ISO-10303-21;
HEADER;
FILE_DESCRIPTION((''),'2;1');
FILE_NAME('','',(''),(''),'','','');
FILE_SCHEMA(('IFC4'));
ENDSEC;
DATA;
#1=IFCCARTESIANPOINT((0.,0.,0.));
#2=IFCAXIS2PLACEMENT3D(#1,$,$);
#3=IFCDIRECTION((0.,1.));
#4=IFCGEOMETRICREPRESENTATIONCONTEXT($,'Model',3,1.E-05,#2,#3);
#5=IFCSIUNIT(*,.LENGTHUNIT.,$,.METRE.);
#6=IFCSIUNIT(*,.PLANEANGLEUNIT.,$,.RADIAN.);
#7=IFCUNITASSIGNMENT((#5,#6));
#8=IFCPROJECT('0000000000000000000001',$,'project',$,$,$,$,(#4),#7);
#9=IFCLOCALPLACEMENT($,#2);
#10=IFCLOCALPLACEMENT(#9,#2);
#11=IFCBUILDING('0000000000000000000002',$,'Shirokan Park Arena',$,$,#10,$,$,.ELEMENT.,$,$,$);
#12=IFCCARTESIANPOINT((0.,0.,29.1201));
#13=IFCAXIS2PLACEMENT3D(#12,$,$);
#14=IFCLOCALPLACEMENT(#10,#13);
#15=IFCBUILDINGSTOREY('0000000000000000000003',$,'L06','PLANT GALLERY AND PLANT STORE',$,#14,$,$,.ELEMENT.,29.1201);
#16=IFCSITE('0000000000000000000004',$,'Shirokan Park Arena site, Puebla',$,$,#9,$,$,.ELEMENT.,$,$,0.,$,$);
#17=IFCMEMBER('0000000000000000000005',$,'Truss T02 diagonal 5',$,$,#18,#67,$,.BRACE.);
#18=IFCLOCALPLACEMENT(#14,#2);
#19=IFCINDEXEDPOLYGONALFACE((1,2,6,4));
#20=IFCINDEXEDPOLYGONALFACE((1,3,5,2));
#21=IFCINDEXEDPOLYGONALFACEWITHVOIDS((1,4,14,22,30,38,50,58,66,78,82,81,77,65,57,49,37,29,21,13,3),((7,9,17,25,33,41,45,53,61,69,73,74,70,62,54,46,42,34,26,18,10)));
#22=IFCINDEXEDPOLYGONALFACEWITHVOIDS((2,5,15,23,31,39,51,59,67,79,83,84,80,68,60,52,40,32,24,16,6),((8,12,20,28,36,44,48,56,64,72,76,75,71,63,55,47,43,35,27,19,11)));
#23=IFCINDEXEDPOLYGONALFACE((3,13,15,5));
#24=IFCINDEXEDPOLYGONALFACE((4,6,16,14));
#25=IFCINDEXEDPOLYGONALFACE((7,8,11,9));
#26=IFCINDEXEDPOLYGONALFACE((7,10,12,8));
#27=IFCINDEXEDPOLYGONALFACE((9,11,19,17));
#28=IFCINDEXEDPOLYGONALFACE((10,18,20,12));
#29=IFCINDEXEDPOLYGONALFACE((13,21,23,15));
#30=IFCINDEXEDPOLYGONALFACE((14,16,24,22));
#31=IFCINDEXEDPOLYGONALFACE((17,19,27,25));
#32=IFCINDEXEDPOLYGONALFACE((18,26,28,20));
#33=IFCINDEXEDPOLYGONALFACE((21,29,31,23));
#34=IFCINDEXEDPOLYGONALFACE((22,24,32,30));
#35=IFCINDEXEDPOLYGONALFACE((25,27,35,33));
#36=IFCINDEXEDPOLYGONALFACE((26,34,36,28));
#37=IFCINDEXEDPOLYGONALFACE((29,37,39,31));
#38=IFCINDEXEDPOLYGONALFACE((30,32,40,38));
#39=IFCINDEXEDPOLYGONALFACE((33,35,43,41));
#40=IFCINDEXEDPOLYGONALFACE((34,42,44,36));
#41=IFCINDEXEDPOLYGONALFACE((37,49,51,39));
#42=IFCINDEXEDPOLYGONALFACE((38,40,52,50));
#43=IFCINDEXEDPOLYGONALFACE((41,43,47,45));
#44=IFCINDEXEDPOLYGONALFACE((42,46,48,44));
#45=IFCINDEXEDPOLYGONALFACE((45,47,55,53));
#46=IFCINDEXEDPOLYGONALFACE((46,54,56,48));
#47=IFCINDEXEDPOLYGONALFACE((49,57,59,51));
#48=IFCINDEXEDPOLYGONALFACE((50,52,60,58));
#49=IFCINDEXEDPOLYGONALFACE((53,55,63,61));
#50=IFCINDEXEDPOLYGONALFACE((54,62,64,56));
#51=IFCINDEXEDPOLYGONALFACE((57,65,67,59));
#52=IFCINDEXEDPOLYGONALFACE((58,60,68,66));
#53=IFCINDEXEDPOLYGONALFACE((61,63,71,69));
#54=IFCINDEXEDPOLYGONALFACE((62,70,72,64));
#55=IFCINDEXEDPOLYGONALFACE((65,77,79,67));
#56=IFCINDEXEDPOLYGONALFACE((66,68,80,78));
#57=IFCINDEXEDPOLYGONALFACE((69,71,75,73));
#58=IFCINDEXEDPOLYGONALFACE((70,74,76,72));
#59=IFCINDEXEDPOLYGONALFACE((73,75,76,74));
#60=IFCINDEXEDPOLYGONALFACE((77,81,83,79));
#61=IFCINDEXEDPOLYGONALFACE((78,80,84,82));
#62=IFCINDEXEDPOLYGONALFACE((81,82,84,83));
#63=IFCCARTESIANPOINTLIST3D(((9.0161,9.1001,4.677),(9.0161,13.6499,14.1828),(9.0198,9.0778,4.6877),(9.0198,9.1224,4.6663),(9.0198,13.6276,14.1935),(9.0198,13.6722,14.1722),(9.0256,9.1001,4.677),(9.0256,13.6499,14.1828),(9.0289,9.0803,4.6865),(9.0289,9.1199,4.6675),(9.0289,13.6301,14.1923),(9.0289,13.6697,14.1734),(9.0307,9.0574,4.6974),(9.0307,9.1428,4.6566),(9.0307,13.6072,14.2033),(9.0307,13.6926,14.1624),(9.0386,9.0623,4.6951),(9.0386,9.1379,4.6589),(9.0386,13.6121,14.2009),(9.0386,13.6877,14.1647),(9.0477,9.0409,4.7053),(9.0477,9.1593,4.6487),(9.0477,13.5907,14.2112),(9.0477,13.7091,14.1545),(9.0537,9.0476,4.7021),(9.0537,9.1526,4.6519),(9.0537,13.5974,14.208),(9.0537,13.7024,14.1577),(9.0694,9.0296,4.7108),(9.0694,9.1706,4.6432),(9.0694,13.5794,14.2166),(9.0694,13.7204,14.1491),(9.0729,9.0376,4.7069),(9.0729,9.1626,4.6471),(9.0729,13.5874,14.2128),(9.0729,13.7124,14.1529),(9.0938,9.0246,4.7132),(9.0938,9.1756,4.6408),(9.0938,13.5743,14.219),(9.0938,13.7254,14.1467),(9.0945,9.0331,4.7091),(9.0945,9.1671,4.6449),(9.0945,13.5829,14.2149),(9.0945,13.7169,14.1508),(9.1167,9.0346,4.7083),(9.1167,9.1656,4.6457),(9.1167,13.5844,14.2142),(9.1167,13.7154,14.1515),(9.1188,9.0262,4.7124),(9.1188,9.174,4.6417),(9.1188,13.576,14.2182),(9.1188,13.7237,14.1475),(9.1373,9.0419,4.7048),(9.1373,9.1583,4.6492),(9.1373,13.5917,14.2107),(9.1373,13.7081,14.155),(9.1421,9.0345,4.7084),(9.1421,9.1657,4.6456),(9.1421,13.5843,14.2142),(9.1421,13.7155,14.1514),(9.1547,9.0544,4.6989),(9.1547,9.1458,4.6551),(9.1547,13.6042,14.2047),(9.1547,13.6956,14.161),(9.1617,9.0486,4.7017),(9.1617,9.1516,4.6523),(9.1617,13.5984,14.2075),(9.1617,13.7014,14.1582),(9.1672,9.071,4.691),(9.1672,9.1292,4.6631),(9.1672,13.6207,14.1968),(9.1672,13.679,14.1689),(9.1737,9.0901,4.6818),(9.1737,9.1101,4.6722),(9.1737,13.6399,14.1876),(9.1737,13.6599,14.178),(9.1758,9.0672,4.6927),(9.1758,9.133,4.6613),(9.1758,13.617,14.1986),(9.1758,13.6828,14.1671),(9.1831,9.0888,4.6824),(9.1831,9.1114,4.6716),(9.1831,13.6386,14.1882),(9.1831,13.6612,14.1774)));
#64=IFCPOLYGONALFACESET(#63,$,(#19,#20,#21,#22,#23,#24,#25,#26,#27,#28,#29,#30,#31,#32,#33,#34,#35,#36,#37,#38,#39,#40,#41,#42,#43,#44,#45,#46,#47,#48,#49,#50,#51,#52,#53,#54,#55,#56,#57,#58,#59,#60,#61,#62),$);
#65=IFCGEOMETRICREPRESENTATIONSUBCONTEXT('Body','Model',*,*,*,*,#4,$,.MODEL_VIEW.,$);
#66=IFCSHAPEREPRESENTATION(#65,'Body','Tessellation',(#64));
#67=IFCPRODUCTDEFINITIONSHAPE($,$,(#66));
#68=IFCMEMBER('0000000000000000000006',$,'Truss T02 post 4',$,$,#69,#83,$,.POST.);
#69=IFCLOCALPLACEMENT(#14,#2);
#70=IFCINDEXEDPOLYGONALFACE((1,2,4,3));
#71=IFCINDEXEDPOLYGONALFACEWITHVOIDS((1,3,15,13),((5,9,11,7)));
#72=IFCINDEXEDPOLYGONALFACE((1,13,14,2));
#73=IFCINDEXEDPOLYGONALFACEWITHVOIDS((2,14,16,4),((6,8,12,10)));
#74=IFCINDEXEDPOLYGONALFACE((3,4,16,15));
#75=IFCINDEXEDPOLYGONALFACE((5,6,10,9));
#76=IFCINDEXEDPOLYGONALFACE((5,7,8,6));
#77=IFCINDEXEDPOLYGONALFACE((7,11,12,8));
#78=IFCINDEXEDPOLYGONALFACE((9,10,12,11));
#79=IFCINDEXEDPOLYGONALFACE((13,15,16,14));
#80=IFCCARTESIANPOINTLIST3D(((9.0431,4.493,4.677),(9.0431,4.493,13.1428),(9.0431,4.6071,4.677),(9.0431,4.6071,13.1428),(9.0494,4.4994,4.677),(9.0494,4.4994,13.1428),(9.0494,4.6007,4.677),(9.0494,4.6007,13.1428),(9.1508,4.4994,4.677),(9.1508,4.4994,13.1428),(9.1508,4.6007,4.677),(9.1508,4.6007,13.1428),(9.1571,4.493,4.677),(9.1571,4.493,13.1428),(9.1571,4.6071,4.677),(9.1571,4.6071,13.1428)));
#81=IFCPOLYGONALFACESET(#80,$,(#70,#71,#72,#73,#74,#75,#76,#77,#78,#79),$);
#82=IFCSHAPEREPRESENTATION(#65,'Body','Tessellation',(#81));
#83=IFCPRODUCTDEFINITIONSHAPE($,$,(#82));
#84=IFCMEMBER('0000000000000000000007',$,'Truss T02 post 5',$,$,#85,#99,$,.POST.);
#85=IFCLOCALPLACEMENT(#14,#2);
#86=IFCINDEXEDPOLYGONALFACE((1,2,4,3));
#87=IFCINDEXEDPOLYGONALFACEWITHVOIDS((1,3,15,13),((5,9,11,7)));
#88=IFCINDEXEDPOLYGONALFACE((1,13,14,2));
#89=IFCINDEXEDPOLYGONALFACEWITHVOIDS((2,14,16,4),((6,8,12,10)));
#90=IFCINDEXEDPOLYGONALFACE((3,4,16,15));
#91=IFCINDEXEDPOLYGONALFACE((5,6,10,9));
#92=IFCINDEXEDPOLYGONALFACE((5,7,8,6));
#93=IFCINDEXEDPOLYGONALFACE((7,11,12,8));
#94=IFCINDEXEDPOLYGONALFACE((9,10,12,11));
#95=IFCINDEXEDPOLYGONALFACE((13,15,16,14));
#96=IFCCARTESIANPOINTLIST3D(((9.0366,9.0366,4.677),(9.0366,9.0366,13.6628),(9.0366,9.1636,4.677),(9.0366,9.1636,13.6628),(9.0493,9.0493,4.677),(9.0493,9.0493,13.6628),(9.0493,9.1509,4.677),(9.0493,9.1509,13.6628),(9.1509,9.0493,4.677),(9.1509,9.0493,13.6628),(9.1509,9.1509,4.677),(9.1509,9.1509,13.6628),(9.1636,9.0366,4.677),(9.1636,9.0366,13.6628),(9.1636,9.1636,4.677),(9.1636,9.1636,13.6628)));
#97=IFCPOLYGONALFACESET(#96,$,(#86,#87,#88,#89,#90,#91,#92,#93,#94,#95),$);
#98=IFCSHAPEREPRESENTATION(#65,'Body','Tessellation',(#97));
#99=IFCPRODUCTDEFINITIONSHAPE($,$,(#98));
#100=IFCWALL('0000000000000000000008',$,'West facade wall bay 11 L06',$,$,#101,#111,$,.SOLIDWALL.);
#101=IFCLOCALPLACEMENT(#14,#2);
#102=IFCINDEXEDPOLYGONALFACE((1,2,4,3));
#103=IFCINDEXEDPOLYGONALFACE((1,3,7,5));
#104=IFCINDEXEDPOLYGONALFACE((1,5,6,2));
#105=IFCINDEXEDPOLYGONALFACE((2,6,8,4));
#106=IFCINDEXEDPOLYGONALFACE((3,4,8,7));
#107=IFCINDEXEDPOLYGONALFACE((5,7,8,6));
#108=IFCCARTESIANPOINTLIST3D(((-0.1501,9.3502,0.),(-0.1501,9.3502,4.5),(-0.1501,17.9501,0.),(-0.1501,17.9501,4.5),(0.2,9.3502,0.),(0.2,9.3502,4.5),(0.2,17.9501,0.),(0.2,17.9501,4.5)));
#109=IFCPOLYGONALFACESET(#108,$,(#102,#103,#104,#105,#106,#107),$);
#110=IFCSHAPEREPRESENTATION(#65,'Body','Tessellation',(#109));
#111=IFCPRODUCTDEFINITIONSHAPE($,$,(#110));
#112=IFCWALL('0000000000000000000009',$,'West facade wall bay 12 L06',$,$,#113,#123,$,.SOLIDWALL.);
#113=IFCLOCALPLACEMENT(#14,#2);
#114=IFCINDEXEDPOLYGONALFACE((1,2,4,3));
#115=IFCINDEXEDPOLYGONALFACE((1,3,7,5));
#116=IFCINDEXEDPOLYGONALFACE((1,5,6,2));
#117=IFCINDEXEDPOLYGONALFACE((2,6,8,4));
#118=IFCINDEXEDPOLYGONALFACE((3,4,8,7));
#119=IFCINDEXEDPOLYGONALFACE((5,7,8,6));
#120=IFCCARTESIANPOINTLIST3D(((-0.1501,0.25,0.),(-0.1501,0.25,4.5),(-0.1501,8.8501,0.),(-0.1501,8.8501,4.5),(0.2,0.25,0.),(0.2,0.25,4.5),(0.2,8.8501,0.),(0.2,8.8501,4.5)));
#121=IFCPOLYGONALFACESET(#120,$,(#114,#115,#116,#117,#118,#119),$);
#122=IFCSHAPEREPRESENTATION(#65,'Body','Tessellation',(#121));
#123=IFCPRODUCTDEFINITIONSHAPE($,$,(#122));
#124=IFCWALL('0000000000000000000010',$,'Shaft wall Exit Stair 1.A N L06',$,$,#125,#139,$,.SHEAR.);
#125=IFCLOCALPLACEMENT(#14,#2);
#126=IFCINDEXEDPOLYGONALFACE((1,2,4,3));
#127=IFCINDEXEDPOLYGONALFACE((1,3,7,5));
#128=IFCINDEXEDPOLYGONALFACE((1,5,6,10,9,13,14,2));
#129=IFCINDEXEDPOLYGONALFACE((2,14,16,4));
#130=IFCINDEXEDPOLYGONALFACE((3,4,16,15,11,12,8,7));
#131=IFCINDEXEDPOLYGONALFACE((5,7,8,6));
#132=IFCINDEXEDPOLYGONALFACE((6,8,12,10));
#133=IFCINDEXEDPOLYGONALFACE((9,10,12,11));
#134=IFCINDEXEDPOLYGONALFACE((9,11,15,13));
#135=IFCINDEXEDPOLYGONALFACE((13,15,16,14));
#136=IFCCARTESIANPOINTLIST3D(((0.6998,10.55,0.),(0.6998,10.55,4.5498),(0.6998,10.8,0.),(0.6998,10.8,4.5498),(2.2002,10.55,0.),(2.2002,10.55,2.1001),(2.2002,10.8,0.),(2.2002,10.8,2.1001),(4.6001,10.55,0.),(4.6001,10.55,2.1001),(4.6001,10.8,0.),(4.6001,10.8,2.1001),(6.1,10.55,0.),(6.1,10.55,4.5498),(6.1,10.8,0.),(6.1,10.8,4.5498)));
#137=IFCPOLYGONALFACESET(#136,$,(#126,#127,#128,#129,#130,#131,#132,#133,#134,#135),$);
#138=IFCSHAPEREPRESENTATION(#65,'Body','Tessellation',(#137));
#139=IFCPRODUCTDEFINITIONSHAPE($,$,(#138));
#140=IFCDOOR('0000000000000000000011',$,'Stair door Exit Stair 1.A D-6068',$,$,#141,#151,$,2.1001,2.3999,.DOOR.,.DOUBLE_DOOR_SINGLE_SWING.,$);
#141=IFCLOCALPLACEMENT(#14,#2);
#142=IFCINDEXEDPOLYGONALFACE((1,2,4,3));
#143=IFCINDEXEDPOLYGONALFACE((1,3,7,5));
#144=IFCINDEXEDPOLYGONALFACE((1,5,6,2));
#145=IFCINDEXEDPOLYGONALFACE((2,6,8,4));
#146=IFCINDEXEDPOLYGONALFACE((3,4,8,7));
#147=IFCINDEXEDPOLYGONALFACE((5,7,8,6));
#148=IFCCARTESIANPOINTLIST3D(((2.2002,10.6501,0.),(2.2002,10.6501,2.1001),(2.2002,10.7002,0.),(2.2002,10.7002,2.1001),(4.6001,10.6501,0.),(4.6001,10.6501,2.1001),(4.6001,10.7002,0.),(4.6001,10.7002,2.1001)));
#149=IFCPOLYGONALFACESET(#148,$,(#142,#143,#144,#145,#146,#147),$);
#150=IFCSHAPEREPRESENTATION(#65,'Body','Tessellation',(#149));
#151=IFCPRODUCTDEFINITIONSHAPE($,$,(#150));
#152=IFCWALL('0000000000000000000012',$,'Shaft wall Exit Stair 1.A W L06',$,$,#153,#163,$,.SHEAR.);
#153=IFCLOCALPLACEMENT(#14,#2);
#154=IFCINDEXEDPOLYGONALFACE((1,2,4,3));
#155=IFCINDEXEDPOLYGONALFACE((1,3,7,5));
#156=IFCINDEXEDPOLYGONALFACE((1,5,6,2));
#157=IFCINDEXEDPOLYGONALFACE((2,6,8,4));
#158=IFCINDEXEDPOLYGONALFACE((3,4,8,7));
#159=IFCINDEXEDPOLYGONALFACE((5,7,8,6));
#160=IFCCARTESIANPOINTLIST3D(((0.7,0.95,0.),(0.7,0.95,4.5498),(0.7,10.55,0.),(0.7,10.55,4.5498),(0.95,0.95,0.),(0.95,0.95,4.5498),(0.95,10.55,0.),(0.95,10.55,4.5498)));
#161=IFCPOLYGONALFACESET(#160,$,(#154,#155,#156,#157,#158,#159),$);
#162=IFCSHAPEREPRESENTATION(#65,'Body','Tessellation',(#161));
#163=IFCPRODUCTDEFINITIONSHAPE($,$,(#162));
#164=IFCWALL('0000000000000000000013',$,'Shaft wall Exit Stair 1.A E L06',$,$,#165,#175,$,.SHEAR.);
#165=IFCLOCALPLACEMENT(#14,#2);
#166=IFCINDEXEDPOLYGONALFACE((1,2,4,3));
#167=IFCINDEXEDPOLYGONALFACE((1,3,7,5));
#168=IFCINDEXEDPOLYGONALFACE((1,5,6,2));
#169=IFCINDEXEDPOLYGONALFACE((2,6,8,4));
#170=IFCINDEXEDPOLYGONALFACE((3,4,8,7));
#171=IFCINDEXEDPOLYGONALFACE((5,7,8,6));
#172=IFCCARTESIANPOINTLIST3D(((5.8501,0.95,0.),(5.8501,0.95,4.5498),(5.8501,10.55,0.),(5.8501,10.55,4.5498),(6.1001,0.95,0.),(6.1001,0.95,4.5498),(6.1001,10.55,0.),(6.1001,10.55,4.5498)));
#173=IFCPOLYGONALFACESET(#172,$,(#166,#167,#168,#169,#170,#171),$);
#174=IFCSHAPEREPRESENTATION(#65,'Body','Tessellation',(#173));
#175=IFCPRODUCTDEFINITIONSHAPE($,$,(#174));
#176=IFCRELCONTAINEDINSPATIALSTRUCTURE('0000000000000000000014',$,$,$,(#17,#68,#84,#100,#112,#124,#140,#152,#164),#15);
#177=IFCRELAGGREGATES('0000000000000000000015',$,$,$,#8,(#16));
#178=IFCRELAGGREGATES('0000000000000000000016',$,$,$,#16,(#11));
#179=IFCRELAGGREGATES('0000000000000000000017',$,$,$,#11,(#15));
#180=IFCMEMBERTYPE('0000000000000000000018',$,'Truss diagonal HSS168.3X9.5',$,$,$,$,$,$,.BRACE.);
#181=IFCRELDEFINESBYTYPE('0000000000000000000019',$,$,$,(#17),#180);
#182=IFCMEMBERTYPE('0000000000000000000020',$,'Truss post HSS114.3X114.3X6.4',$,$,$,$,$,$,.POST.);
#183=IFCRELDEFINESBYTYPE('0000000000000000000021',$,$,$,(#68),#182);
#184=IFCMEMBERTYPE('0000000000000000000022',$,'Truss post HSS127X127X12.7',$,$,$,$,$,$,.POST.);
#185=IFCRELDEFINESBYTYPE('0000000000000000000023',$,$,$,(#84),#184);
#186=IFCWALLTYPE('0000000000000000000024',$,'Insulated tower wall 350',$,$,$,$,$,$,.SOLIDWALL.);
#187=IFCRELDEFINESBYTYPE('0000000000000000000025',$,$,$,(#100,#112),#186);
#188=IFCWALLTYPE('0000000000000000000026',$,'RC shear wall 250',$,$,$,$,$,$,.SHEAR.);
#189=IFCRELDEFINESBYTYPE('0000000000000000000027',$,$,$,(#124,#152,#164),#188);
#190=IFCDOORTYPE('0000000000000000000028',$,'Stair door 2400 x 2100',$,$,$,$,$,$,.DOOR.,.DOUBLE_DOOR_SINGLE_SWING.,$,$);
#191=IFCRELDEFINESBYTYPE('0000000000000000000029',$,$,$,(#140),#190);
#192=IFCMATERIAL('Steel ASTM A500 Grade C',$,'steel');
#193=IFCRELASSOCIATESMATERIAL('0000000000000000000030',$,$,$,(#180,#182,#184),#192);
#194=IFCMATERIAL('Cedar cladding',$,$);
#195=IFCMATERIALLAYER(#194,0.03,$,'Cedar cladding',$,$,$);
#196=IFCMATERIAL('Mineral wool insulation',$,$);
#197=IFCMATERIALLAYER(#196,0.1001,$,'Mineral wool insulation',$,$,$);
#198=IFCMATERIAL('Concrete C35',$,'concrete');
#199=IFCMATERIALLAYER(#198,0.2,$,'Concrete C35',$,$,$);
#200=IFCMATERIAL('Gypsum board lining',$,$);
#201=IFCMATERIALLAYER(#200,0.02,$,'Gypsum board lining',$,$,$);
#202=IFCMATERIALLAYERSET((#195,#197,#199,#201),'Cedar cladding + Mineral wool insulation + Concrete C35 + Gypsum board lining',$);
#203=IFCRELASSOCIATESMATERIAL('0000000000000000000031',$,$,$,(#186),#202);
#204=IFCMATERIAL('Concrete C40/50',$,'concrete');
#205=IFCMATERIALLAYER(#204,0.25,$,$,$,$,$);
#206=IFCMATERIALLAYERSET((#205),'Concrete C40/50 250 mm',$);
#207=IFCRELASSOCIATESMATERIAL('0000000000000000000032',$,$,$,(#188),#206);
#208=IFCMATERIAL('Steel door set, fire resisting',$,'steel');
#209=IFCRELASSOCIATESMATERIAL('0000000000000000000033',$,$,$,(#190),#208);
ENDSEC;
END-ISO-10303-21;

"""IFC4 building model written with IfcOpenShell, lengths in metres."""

from ifc_helpers import new_model, si_unit, direction, frame, frame_2d, origin, origin_2d, place, context, subcontext, project, spatial, rectangle, hollow_rectangle, hollow_circle, extrude, material, layer, layer_set, material_profile, profile_set, type_object, element, fill, save


model = new_model("IFC4")

# Units and contexts
model_context = context("Model", 3, precision=1e-05, world=origin(), true_north=direction((0.0, 1.0)))
body_context = subcontext(model_context, "Body", "Model", "MODEL_VIEW")
ifc_project = project(units=[si_unit("LENGTHUNIT", "METRE"), si_unit("PLANEANGLEUNIT", "RADIAN")], contexts=[model_context])

# Site, building, storey
site_placement = place(None, origin())
site = spatial("IfcSite", under=ifc_project, at=site_placement, Name="Shirokan Park Arena site, Puebla", CompositionType="ELEMENT", RefElevation=0.0)
building_placement = place(site_placement, origin())
building = spatial("IfcBuilding", under=site, at=building_placement, Name="Shirokan Park Arena", CompositionType="ELEMENT")
storey_placement = place(building_placement, frame((0.0, 0.0, 29.1201)))
storey = spatial("IfcBuildingStorey", under=building, at=storey_placement, Name="L06", Description="PLANT GALLERY AND PLANT STORE", CompositionType="ELEMENT", Elevation=29.1201)

# Shared definitions
ifc_material_1 = material(Name="Concrete C35", Category="concrete")

# Shared definitions
ifc_material_2 = material(Name="Steel ASTM A500 Grade C", Category="steel")

# Members
ifc_material_profile_1 = material_profile(ifc_material_2, hollow_circle(Radius=0.084, WallThickness=0.0095, at=origin_2d()), Name="HSS168.3X9.5")
ifc_profile_set_1 = profile_set([ifc_material_profile_1], Name="Steel ASTM A500 Grade C")
member_type_1 = type_object("IfcMemberType", Name="Truss diagonal HSS168.3X9.5", PredefinedType="BRACE", material=ifc_profile_set_1)
member_1_placement = place(storey_placement, frame((9.1001, 9.1001, 4.677), z_axis=(0.0, 0.431728, 0.902004), x_axis=(-1.0, 0.0, 0.0)))
element("IfcMember", 1, at=member_1_placement, inside=storey, type_object=member_type_1, Name="Truss T02 diagonal 5", PredefinedType="BRACE", context=body_context, shape_type="SweptSolid", body=[
    extrude(hollow_circle(Radius=0.084, WallThickness=0.0095, at=origin_2d()), origin(), (0.0, 0.0, 1.0), 10.5386),
])
ifc_material_profile_2 = material_profile(ifc_material_2, hollow_rectangle(XDim=0.114, YDim=0.114, WallThickness=0.0063, at=origin_2d()), Name="HSS114.3X114.3X6.4")
ifc_profile_set_2 = profile_set([ifc_material_profile_2], Name="Steel ASTM A500 Grade C")
member_type_2 = type_object("IfcMemberType", Name="Truss post HSS114.3X114.3X6.4", PredefinedType="POST", material=ifc_profile_set_2)
member_2_placement = place(storey_placement, frame((9.1001, 4.55, 4.677), z_axis=(0.0, 0.0, 1.0), x_axis=(1.0, 0.0, 0.0)))
element("IfcMember", 2, at=member_2_placement, inside=storey, type_object=member_type_2, Name="Truss T02 post 4", PredefinedType="POST", context=body_context, shape_type="SweptSolid", body=[
    extrude(hollow_rectangle(XDim=0.114, YDim=0.114, WallThickness=0.0063, at=origin_2d()), origin(), (0.0, 0.0, 1.0), 8.4658),
])
ifc_material_profile_3 = material_profile(ifc_material_2, hollow_rectangle(XDim=0.127, YDim=0.127, WallThickness=0.0127, at=origin_2d()), Name="HSS127X127X12.7")
ifc_profile_set_3 = profile_set([ifc_material_profile_3], Name="Steel ASTM A500 Grade C")
member_type_3 = type_object("IfcMemberType", Name="Truss post HSS127X127X12.7", PredefinedType="POST", material=ifc_profile_set_3)
member_3_placement = place(storey_placement, frame((9.1001, 9.1001, 4.677), z_axis=(0.0, 0.0, 1.0), x_axis=(1.0, 0.0, 0.0)))
element("IfcMember", 3, at=member_3_placement, inside=storey, type_object=member_type_3, Name="Truss T02 post 5", PredefinedType="POST", context=body_context, shape_type="SweptSolid", body=[
    extrude(hollow_rectangle(XDim=0.127, YDim=0.127, WallThickness=0.0127, at=origin_2d()), origin(), (0.0, 0.0, 1.0), 8.9858),
])

# Walls
ifc_material_3 = material(Name="Cedar cladding")
ifc_layer_1 = layer(ifc_material_3, 0.03, Name="Cedar cladding")
ifc_material_4 = material(Name="Mineral wool insulation")
ifc_layer_2 = layer(ifc_material_4, 0.1001, Name="Mineral wool insulation")
ifc_layer_3 = layer(ifc_material_1, 0.2, Name="Concrete C35")
ifc_material_5 = material(Name="Gypsum board lining")
ifc_layer_4 = layer(ifc_material_5, 0.02, Name="Gypsum board lining")
ifc_layer_set_1 = layer_set([ifc_layer_1, ifc_layer_2, ifc_layer_3, ifc_layer_4], Name="Cedar cladding + Mineral wool insulation + Concrete C35 + Gypsum board lining")
wall_type_1 = type_object("IfcWallType", Name="Insulated tower wall 350", PredefinedType="SOLIDWALL", material=ifc_layer_set_1)
wall_1_placement = place(storey_placement, frame((0.0249, 17.95, 0.0), z_axis=(0.0, 0.0, 1.0), x_axis=(0.0, -1.0, 0.0)))
element("IfcWall", 4, at=wall_1_placement, inside=storey, type_object=wall_type_1, Name="West facade wall bay 11 L06", PredefinedType="SOLIDWALL", context=body_context, shape_type="SweptSolid", body=[
    extrude(rectangle(XDim=8.5999, YDim=0.3501, at=frame_2d((4.2998, 0.0))), origin(), (0.0, 0.0, 1.0), 4.5),
])
wall_2_placement = place(storey_placement, frame((0.0249, 8.8501, 0.0), z_axis=(0.0, 0.0, 1.0), x_axis=(0.0, -1.0, 0.0)))
element("IfcWall", 5, at=wall_2_placement, inside=storey, type_object=wall_type_1, Name="West facade wall bay 12 L06", PredefinedType="SOLIDWALL", context=body_context, shape_type="SweptSolid", body=[
    extrude(rectangle(XDim=8.6001, YDim=0.3501, at=frame_2d((4.3, 0.0))), origin(), (0.0, 0.0, 1.0), 4.5),
])

# Wall, opening, door
ifc_material_6 = material(Name="Concrete C40/50", Category="concrete")
ifc_layer_5 = layer(ifc_material_6, 0.25)
ifc_layer_set_2 = layer_set([ifc_layer_5], Name="Concrete C40/50 250 mm")
wall_type_2 = type_object("IfcWallType", Name="RC shear wall 250", PredefinedType="SHEAR", material=ifc_layer_set_2)
wall_3_placement = place(storey_placement, frame((6.1001, 10.675, 0.0), z_axis=(0.0, 0.0, 1.0), x_axis=(-1.0, 0.0, 0.0)))
wall_3 = element("IfcWall", 6, at=wall_3_placement, inside=storey, type_object=wall_type_2, Name="Shaft wall Exit Stair 1.A N L06", PredefinedType="SHEAR", context=body_context, shape_type="SweptSolid", body=[
    extrude(rectangle(XDim=5.4001, YDim=0.25, at=frame_2d((2.7002, 0.0))), origin(), (0.0, 0.0, 1.0), 4.5498),
])
opening_placement = place(wall_3_placement, frame((1.5, 0.0, 0.0)))
opening = element("IfcOpeningElement", 7, at=opening_placement, cuts=wall_3, PredefinedType="OPENING", context=body_context, shape_type="SweptSolid", body=[
    extrude(rectangle(XDim=2.3999, YDim=2.1001, at=frame_2d((1.2, 1.05))), frame((0.0, 0.135, 0.0), z_axis=(0.0, -1.0, 0.0), x_axis=(1.0, 0.0, 0.0)), (0.0, 0.0, 1.0), 0.27),
])
ifc_material_7 = material(Name="Steel door set, fire resisting", Category="steel")
door_type = type_object("IfcDoorType", Name="Stair door 2400 x 2100", OperationType="DOUBLE_DOOR_SINGLE_SWING", PredefinedType="DOOR", material=ifc_material_7)
door_placement = place(opening_placement, origin())
door = element("IfcDoor", 8, at=door_placement, inside=storey, type_object=door_type, Name="Stair door Exit Stair 1.A D-6068", OperationType="DOUBLE_DOOR_SINGLE_SWING", OverallHeight=2.1001, OverallWidth=2.3999, PredefinedType="DOOR", context=body_context, shape_type="SweptSolid", body=[
    extrude(rectangle(XDim=2.3999, YDim=2.1001, at=frame_2d((1.2, 1.05))), frame((0.0, 0.0249, 0.0), z_axis=(0.0, -1.0, 0.0), x_axis=(1.0, 0.0, 0.0)), (0.0, 0.0, 1.0), 0.05),
])
fill(opening, door)

# Walls
for number, where, z_axis, x_axis, name in (
    (9, (0.825, 10.55, 0.0), (0.0, 0.0, 1.0), (0.0, -1.0, 0.0), "Shaft wall Exit Stair 1.A W L06"),
    (10, (5.9751, 10.55, 0.0), (0.0, 0.0, 1.0), (0.0, -1.0, 0.0), "Shaft wall Exit Stair 1.A E L06"),
):
    element("IfcWall", number, at=place(storey_placement, frame(where, z_axis=z_axis, x_axis=x_axis)), inside=storey, type_object=wall_type_2, Name=name, PredefinedType="SHEAR", context=body_context, shape_type="SweptSolid", body=[
        extrude(rectangle(XDim=9.6001, YDim=0.25, at=frame_2d((4.8, 0.0))), origin(), (0.0, 0.0, 1.0), 4.5498),
    ])

save(model, "model.ifc")
